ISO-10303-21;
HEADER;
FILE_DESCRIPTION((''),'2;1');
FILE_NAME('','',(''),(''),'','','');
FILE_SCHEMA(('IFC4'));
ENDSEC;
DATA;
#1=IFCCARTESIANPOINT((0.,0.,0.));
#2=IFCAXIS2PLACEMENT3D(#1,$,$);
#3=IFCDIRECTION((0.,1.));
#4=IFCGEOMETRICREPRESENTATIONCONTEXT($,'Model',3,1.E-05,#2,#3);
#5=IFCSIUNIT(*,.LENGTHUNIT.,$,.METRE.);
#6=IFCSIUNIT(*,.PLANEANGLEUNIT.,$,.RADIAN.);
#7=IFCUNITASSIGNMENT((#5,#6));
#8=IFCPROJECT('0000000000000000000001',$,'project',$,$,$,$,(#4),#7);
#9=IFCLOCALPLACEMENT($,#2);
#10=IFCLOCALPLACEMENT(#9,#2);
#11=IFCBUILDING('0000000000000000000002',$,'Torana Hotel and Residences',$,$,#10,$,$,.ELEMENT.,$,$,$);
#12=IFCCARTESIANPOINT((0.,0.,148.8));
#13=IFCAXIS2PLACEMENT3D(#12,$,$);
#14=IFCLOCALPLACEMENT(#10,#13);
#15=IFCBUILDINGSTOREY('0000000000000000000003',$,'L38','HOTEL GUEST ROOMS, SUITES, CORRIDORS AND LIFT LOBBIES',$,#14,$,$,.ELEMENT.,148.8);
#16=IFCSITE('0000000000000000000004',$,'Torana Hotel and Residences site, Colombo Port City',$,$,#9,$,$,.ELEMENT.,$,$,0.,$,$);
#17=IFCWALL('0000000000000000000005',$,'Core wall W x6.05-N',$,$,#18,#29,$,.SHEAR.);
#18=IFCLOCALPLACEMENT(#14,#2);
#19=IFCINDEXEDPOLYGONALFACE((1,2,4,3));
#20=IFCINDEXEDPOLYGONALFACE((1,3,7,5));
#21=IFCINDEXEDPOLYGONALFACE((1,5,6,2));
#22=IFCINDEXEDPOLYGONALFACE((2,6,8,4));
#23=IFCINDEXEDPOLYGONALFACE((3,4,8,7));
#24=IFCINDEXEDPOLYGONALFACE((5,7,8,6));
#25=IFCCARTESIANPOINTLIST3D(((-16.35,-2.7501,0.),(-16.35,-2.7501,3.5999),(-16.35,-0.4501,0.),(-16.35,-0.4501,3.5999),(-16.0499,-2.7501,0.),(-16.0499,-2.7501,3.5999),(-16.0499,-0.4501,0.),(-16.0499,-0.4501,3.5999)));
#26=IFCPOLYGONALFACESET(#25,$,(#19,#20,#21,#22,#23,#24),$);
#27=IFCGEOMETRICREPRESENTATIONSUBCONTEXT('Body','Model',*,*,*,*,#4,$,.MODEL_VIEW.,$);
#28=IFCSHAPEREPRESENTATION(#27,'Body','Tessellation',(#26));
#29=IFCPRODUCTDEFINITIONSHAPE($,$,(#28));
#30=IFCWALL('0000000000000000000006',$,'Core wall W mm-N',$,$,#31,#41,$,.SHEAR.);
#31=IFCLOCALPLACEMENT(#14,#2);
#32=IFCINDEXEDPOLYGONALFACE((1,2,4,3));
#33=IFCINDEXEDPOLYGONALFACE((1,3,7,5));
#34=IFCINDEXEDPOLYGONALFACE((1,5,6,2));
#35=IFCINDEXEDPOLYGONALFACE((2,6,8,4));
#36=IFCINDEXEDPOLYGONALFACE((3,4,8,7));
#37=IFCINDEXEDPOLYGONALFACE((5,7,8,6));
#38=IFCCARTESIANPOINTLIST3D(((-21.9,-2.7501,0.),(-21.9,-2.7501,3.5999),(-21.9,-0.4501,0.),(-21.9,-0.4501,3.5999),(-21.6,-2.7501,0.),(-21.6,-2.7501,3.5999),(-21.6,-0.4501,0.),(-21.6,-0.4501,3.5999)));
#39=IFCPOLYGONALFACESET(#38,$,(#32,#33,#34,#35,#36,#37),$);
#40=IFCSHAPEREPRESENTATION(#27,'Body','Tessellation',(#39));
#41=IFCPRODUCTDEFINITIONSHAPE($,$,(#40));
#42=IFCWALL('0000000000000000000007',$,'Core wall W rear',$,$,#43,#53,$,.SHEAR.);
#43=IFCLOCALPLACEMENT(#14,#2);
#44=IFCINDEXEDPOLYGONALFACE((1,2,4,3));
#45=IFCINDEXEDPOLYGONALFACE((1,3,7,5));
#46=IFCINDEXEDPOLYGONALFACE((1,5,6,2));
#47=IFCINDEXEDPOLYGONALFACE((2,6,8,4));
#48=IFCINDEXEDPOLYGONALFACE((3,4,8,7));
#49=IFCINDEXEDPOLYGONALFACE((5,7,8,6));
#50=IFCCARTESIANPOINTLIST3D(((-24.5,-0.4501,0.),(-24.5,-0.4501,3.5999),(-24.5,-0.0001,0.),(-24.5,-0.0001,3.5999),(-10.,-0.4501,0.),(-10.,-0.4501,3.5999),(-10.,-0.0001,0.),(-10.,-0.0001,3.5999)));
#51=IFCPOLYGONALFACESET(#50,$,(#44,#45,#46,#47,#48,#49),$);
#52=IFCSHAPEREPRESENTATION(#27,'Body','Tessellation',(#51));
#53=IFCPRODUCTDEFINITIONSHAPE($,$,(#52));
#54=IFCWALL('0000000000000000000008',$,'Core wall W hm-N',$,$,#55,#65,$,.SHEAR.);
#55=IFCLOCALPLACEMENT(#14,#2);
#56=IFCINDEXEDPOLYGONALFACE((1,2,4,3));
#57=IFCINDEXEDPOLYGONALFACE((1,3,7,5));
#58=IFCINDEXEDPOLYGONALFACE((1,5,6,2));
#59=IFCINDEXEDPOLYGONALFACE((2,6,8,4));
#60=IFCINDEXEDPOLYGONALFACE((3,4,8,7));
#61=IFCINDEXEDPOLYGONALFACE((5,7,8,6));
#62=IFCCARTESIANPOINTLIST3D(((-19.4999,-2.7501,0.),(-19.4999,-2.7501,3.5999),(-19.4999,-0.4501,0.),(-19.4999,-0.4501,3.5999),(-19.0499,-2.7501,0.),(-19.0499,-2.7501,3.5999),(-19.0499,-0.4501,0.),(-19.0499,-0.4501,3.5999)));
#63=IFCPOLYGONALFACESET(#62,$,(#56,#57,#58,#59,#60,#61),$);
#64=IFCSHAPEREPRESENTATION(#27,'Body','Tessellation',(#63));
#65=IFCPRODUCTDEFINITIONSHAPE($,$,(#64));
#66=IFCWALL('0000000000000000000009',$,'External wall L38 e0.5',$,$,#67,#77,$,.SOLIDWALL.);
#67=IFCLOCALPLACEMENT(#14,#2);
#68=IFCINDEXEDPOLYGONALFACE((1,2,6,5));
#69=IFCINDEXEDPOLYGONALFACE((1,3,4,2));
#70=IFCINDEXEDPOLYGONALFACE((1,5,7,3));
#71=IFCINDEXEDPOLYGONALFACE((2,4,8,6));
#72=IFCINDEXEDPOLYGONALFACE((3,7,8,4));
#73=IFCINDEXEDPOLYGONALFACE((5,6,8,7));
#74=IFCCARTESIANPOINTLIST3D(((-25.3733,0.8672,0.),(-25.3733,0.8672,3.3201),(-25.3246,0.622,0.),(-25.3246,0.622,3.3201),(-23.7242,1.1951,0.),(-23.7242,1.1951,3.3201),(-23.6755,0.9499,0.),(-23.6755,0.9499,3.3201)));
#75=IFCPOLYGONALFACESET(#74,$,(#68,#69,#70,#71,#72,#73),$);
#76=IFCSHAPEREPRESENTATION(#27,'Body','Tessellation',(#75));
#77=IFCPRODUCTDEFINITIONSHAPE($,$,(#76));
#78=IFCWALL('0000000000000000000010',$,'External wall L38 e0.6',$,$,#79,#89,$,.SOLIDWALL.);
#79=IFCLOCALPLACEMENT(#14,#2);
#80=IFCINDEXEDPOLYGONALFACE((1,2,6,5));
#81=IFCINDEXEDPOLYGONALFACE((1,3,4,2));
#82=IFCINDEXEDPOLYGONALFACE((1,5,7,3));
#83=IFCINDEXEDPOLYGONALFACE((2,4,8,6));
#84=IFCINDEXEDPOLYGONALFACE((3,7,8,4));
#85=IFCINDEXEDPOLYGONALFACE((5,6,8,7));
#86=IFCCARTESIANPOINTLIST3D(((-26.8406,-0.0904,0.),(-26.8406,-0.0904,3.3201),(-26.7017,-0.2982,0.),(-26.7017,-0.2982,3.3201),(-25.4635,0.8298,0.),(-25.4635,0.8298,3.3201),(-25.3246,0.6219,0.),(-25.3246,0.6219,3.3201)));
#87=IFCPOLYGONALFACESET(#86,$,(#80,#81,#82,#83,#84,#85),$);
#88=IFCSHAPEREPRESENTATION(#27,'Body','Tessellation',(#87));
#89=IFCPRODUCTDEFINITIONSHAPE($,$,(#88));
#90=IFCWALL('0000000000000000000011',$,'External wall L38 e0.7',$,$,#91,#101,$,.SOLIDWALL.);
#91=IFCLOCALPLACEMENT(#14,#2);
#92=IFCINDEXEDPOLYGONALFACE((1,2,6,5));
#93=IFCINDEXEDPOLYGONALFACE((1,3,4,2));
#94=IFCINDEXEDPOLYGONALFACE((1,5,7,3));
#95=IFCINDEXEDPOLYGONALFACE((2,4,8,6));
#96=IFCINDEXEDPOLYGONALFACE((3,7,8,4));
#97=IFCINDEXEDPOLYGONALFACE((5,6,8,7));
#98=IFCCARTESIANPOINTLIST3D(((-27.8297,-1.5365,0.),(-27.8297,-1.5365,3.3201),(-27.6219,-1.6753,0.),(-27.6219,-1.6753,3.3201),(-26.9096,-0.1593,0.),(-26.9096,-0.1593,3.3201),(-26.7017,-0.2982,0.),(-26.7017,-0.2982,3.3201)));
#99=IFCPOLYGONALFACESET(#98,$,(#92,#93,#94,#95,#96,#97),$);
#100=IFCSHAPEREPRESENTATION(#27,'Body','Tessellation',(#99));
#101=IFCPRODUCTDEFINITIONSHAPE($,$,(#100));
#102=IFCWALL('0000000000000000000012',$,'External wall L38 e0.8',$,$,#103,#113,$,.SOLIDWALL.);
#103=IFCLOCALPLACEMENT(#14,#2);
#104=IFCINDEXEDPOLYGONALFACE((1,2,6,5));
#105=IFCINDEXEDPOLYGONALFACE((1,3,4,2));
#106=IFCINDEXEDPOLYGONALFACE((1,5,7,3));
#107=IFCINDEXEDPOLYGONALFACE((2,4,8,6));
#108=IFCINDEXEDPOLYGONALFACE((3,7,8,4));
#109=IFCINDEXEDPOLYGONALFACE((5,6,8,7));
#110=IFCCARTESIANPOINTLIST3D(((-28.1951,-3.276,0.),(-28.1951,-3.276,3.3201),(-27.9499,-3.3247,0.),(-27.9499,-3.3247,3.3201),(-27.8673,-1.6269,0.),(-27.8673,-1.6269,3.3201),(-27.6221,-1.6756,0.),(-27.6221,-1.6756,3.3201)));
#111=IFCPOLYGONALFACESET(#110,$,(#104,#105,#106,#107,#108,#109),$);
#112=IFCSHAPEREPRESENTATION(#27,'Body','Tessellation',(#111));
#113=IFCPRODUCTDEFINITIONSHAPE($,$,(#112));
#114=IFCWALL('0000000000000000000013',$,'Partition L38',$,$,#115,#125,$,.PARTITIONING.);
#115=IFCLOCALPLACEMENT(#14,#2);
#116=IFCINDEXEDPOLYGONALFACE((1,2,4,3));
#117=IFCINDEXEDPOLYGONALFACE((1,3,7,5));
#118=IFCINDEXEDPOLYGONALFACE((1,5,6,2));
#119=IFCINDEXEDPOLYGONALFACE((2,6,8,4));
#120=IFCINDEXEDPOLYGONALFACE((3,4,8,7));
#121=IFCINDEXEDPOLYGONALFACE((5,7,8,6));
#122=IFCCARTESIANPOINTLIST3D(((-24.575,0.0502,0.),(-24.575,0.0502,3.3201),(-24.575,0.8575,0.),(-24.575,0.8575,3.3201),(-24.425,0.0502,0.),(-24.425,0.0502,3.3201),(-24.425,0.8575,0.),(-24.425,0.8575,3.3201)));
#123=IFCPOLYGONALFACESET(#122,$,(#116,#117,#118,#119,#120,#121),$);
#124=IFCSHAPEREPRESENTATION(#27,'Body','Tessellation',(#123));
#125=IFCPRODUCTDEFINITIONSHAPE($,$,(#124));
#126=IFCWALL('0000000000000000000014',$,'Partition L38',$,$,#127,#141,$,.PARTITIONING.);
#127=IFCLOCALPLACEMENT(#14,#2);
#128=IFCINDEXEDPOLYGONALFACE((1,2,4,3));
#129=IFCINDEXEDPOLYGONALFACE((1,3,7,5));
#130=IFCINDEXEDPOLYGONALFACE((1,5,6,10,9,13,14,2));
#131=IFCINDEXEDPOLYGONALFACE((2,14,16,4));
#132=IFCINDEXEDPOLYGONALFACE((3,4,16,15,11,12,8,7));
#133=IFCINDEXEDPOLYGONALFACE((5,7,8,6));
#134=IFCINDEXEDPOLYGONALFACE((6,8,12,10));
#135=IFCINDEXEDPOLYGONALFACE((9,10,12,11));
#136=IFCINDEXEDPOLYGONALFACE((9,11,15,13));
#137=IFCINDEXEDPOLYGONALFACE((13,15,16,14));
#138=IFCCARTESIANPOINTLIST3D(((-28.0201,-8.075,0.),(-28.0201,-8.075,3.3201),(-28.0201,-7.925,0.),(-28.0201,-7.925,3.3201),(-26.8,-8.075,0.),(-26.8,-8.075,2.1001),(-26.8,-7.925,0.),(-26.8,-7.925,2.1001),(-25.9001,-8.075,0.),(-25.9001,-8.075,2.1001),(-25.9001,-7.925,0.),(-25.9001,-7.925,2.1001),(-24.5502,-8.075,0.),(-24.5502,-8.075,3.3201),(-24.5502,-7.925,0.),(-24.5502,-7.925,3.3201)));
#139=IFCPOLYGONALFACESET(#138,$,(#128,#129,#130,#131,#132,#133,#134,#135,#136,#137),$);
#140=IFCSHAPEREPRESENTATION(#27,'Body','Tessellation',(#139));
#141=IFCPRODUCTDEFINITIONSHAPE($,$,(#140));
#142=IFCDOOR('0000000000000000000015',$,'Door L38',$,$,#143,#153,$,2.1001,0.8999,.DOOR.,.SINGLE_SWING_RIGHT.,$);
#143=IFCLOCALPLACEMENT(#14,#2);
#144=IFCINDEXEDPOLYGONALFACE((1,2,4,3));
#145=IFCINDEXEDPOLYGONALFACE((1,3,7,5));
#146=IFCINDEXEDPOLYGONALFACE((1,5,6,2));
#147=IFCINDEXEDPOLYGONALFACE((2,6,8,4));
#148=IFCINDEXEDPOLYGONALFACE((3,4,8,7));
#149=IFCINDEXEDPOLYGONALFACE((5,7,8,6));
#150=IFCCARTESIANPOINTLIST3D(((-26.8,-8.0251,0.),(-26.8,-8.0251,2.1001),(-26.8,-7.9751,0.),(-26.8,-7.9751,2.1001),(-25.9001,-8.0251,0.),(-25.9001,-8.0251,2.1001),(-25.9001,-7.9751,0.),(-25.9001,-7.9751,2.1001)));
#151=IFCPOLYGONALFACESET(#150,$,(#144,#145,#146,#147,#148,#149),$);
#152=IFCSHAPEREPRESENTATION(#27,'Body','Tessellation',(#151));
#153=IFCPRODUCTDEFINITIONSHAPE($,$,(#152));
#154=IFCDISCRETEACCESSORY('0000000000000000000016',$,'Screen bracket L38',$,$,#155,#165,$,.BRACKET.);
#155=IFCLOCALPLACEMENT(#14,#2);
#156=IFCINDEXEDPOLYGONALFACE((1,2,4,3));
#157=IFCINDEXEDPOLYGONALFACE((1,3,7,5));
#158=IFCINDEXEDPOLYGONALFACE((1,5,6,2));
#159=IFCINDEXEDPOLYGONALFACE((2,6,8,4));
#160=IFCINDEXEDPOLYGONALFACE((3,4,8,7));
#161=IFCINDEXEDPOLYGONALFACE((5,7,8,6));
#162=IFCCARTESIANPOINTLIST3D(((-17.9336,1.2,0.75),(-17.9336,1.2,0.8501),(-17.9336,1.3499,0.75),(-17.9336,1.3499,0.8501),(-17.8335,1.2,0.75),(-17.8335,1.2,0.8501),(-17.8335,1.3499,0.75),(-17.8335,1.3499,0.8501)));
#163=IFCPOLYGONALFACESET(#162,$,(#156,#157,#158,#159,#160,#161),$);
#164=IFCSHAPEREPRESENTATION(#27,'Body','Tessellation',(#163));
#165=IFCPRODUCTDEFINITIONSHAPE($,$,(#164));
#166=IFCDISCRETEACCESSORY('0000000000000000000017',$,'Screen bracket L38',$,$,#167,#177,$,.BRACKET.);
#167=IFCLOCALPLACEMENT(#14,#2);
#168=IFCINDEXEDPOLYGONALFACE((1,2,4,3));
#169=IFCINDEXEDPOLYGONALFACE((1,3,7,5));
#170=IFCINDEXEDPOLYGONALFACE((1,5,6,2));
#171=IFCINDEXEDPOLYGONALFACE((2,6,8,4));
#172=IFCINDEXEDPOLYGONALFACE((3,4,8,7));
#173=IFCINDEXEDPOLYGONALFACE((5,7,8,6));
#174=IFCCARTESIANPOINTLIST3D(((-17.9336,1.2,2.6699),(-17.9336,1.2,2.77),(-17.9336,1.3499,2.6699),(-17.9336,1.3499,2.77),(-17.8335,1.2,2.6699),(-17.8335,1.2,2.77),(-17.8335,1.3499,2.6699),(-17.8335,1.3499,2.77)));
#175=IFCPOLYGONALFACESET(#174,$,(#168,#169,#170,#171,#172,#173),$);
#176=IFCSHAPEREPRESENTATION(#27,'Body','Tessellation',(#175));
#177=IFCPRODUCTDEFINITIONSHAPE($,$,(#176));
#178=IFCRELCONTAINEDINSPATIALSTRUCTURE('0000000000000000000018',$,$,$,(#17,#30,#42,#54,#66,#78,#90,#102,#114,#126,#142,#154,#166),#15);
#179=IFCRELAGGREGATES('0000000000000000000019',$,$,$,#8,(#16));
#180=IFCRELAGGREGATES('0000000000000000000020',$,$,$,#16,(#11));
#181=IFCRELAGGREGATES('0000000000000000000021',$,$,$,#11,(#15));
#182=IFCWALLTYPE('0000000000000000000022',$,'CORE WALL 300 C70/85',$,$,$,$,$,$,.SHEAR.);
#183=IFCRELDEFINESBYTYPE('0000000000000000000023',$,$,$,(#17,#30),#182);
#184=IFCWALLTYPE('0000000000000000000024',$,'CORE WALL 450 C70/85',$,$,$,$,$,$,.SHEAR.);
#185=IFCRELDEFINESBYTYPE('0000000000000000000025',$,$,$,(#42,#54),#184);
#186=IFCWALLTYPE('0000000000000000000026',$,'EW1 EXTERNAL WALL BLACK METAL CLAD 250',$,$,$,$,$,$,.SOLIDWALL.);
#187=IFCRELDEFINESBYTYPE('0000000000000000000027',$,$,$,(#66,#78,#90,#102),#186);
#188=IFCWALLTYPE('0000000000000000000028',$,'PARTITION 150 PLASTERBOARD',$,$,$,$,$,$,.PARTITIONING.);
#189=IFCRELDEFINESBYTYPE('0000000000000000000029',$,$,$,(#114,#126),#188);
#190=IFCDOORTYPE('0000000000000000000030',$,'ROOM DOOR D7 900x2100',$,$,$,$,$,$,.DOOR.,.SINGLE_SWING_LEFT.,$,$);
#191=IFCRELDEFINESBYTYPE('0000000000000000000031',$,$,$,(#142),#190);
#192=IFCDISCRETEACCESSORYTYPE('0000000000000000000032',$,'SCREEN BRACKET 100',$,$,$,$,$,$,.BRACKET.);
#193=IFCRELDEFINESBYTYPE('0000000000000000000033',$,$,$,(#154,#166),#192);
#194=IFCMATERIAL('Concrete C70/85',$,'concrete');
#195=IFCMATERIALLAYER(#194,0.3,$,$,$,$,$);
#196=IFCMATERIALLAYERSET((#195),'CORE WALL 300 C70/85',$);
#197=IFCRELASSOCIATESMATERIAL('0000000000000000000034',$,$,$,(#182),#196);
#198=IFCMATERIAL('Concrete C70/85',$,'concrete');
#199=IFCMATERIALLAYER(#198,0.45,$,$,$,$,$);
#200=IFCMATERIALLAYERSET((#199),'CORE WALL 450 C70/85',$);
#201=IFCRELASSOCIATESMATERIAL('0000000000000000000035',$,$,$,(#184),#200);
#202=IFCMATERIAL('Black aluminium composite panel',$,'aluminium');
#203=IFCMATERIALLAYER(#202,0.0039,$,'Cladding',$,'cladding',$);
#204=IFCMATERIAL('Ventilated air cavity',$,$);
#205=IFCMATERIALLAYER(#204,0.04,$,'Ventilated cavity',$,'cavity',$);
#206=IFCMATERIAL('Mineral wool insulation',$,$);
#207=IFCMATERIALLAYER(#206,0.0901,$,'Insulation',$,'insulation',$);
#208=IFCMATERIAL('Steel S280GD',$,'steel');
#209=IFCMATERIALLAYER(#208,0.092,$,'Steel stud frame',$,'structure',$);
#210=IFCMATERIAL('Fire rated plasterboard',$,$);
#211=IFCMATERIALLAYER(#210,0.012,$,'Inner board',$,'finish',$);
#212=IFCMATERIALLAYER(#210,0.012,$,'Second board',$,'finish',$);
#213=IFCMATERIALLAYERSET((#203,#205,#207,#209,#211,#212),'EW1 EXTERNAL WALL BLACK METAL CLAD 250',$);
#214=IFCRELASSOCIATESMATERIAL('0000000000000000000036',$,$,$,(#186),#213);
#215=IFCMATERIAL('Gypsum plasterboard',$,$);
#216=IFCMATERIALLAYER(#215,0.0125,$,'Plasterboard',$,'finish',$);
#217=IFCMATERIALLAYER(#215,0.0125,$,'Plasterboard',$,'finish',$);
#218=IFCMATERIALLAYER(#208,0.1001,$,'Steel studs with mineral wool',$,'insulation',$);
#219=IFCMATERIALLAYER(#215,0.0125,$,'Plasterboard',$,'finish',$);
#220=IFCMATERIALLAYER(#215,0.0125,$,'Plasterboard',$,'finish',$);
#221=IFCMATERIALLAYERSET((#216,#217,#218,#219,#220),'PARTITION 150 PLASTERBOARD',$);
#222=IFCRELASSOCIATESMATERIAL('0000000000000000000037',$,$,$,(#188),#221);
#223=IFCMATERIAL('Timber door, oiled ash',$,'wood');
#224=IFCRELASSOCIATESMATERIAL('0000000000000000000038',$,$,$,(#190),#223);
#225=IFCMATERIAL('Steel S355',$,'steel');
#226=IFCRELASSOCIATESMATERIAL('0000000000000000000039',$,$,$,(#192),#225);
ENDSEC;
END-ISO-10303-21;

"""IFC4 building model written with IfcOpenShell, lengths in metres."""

from ifc_helpers import new_model, si_unit, direction, frame, frame_2d, origin, origin_2d, place, context, subcontext, project, spatial, rectangle, extrude, material, layer, layer_set, type_object, element, fill, save


model = new_model("IFC4")

# Units and contexts
model_context = context("Model", 3, precision=1e-05, world=origin(), true_north=direction((0.0, 1.0)))
body_context = subcontext(model_context, "Body", "Model", "MODEL_VIEW")
ifc_project = project(units=[si_unit("LENGTHUNIT", "METRE"), si_unit("PLANEANGLEUNIT", "RADIAN")], contexts=[model_context])

# Site, building, storey
site_placement = place(None, origin())
site = spatial("IfcSite", under=ifc_project, at=site_placement, Name="Torana Hotel and Residences site, Colombo Port City", CompositionType="ELEMENT", RefElevation=0.0)
building_placement = place(site_placement, origin())
building = spatial("IfcBuilding", under=site, at=building_placement, Name="Torana Hotel and Residences", CompositionType="ELEMENT")
storey_placement = place(building_placement, frame((0.0, 0.0, 148.8)))
storey = spatial("IfcBuildingStorey", under=building, at=storey_placement, Name="L38", Description="HOTEL GUEST ROOMS, SUITES, CORRIDORS AND LIFT LOBBIES", CompositionType="ELEMENT", Elevation=148.8)

# Shared definitions
ifc_material_1 = material(Name="Concrete C70/85", Category="concrete")
ifc_layer_1 = layer(ifc_material_1, 0.3)
ifc_layer_set_1 = layer_set([ifc_layer_1], Name="CORE WALL 300 C70/85")
wall_type_1 = type_object("IfcWallType", Name="CORE WALL 300 C70/85", PredefinedType="SHEAR", material=ifc_layer_set_1)

# Walls
for number, where, z_axis, x_axis, name in (
    (1, (-16.2, -2.75, 0.0), (0.0, 0.0, 1.0), (0.0, 1.0, 0.0), "Core wall W x6.05-N"),
    (2, (-21.75, -2.75, 0.0), (0.0, 0.0, 1.0), (0.0, 1.0, 0.0), "Core wall W mm-N"),
):
    element("IfcWall", number, at=place(storey_placement, frame(where, z_axis=z_axis, x_axis=x_axis)), inside=storey, type_object=wall_type_1, Name=name, PredefinedType="SHEAR", context=body_context, shape_type="SweptSolid", body=[
        extrude(rectangle(XDim=2.3, YDim=0.3, at=frame_2d((1.1499, 0.0))), origin(), (0.0, 0.0, 1.0), 3.5999),
    ])
ifc_material_2 = material(Name="Concrete C70/85", Category="concrete")
ifc_layer_2 = layer(ifc_material_2, 0.45)
ifc_layer_set_2 = layer_set([ifc_layer_2], Name="CORE WALL 450 C70/85")
wall_type_2 = type_object("IfcWallType", Name="CORE WALL 450 C70/85", PredefinedType="SHEAR", material=ifc_layer_set_2)
wall_1_placement = place(storey_placement, frame((-24.5, -0.2251, 0.0), z_axis=(0.0, 0.0, 1.0), x_axis=(1.0, 0.0, 0.0)))
element("IfcWall", 3, at=wall_1_placement, inside=storey, type_object=wall_type_2, Name="Core wall W rear", PredefinedType="SHEAR", context=body_context, shape_type="SweptSolid", body=[
    extrude(rectangle(XDim=14.5, YDim=0.45, at=frame_2d((7.25, 0.0))), origin(), (0.0, 0.0, 1.0), 3.5999),
])
wall_2_placement = place(storey_placement, frame((-19.2749, -2.75, 0.0), z_axis=(0.0, 0.0, 1.0), x_axis=(0.0, 1.0, 0.0)))
element("IfcWall", 4, at=wall_2_placement, inside=storey, type_object=wall_type_2, Name="Core wall W hm-N", PredefinedType="SHEAR", context=body_context, shape_type="SweptSolid", body=[
    extrude(rectangle(XDim=2.3, YDim=0.45, at=frame_2d((1.1499, 0.0))), origin(), (0.0, 0.0, 1.0), 3.5999),
])
ifc_material_3 = material(Name="Black aluminium composite panel", Category="aluminium")
ifc_layer_3 = layer(ifc_material_3, 0.0039, Name="Cladding", Category="cladding")
ifc_material_4 = material(Name="Ventilated air cavity")
ifc_layer_4 = layer(ifc_material_4, 0.04, Name="Ventilated cavity", Category="cavity")
ifc_material_5 = material(Name="Mineral wool insulation")
ifc_layer_5 = layer(ifc_material_5, 0.0901, Name="Insulation", Category="insulation")
ifc_material_6 = material(Name="Steel S280GD", Category="steel")
ifc_layer_6 = layer(ifc_material_6, 0.092, Name="Steel stud frame", Category="structure")
ifc_material_7 = material(Name="Fire rated plasterboard")
ifc_layer_7 = layer(ifc_material_7, 0.012, Name="Inner board", Category="finish")
ifc_layer_8 = layer(ifc_material_7, 0.012, Name="Second board", Category="finish")
ifc_layer_set_3 = layer_set([ifc_layer_3, ifc_layer_4, ifc_layer_5, ifc_layer_6, ifc_layer_7, ifc_layer_8], Name="EW1 EXTERNAL WALL BLACK METAL CLAD 250")
wall_type_3 = type_object("IfcWallType", Name="EW1 EXTERNAL WALL BLACK METAL CLAD 250", PredefinedType="SOLIDWALL", material=ifc_layer_set_3)
wall_3_placement = place(storey_placement, frame((-23.6997, 1.0725, 0.0), z_axis=(0.0, 0.0, 1.0), x_axis=(-0.980803, -0.194999, 0.0)))
element("IfcWall", 5, at=wall_3_placement, inside=storey, type_object=wall_type_3, Name="External wall L38 e0.5", PredefinedType="SOLIDWALL", context=body_context, shape_type="SweptSolid", body=[
    extrude(rectangle(XDim=1.6814, YDim=0.25, at=frame_2d((0.8408, 0.0))), origin(), (0.0, 0.0, 1.0), 3.3201),
])
for number, where, z_axis, x_axis, name in (
    (6, (-25.394, 0.7258, 0.0), (0.0, 0.0, 1.0), (-0.831483, -0.55555, 0.0), "External wall L38 e0.6"),
    (7, (-26.8057, -0.2288, 0.0), (0.0, 0.0, 1.0), (-0.55555, -0.831483, 0.0), "External wall L38 e0.7"),
):
    element("IfcWall", number, at=place(storey_placement, frame(where, z_axis=z_axis, x_axis=x_axis)), inside=storey, type_object=wall_type_3, Name=name, PredefinedType="SOLIDWALL", context=body_context, shape_type="SweptSolid", body=[
        extrude(rectangle(XDim=1.6562, YDim=0.25, at=frame_2d((0.8281, 0.0))), origin(), (0.0, 0.0, 1.0), 3.3201),
    ])
wall_4_placement = place(storey_placement, frame((-27.7446, -1.6511, 0.0), z_axis=(0.0, 0.0, 1.0), x_axis=(-0.194999, -0.980803, 0.0)))
element("IfcWall", 8, at=wall_4_placement, inside=storey, type_object=wall_type_3, Name="External wall L38 e0.8", PredefinedType="SOLIDWALL", context=body_context, shape_type="SweptSolid", body=[
    extrude(rectangle(XDim=1.6814, YDim=0.25, at=frame_2d((0.8408, 0.0))), origin(), (0.0, 0.0, 1.0), 3.3201),
])

# Wall
ifc_material_8 = material(Name="Gypsum plasterboard")
ifc_layer_9 = layer(ifc_material_8, 0.0125, Name="Plasterboard", Category="finish")
ifc_layer_10 = layer(ifc_material_8, 0.0125, Name="Plasterboard", Category="finish")
ifc_layer_11 = layer(ifc_material_6, 0.1001, Name="Steel studs with mineral wool", Category="insulation")
ifc_layer_12 = layer(ifc_material_8, 0.0125, Name="Plasterboard", Category="finish")
ifc_layer_13 = layer(ifc_material_8, 0.0125, Name="Plasterboard", Category="finish")
ifc_layer_set_4 = layer_set([ifc_layer_9, ifc_layer_10, ifc_layer_11, ifc_layer_12, ifc_layer_13], Name="PARTITION 150 PLASTERBOARD")
wall_type_4 = type_object("IfcWallType", Name="PARTITION 150 PLASTERBOARD", PredefinedType="PARTITIONING", material=ifc_layer_set_4)
wall_5_placement = place(storey_placement, frame((-24.5, 0.05, 0.0), z_axis=(0.0, 0.0, 1.0), x_axis=(0.0, 1.0, 0.0)))
element("IfcWall", 9, at=wall_5_placement, inside=storey, type_object=wall_type_4, Name="Partition L38", PredefinedType="PARTITIONING", context=body_context, shape_type="SweptSolid", body=[
    extrude(rectangle(XDim=0.8074, YDim=0.1499, at=frame_2d((0.4038, 0.0))), origin(), (0.0, 0.0, 1.0), 3.3201),
])

# Wall, opening, door
wall_6_placement = place(storey_placement, frame((-28.02, -8.0, 0.0), z_axis=(0.0, 0.0, 1.0), x_axis=(1.0, 0.0, 0.0)))
wall_6 = element("IfcWall", 10, at=wall_6_placement, inside=storey, type_object=wall_type_4, Name="Partition L38", PredefinedType="PARTITIONING", context=body_context, shape_type="SweptSolid", body=[
    extrude(rectangle(XDim=3.47, YDim=0.1499, at=frame_2d((1.7349, 0.0))), origin(), (0.0, 0.0, 1.0), 3.3201),
])
opening_1_placement = place(wall_6_placement, frame((1.22, 0.0, 0.0)))
opening_1 = element("IfcOpeningElement", 11, at=opening_1_placement, cuts=wall_6, PredefinedType="OPENING", context=body_context, shape_type="SweptSolid", body=[
    extrude(rectangle(XDim=0.8999, YDim=2.1001, at=frame_2d((0.45, 1.05))), frame((0.0, 0.085, 0.0), z_axis=(0.0, -1.0, 0.0), x_axis=(1.0, 0.0, 0.0)), (0.0, 0.0, 1.0), 0.1699),
])
ifc_material_9 = material(Name="Timber door, oiled ash", Category="wood")
door_type_1 = type_object("IfcDoorType", Name="ROOM DOOR D7 900x2100", OperationType="SINGLE_SWING_LEFT", PredefinedType="DOOR", material=ifc_material_9)
door_1_placement = place(opening_1_placement, origin())
door_1 = element("IfcDoor", 12, at=door_1_placement, inside=storey, type_object=door_type_1, Name="Door L38", OperationType="SINGLE_SWING_RIGHT", OverallHeight=2.1001, OverallWidth=0.8999, PredefinedType="DOOR", context=body_context, shape_type="SweptSolid", body=[
    extrude(rectangle(XDim=0.8999, YDim=2.1001, at=frame_2d((0.45, 1.05))), frame((0.0, 0.0249, 0.0), z_axis=(0.0, -1.0, 0.0), x_axis=(1.0, 0.0, 0.0)), (0.0, 0.0, 1.0), 0.05),
])
fill(opening_1, door_1)

# Discrete accessories
ifc_material_10 = material(Name="Steel S355", Category="steel")
discrete_accessory_type = type_object("IfcDiscreteAccessoryType", Name="SCREEN BRACKET 100", PredefinedType="BRACKET", material=ifc_material_10)
for number, where, z_axis, x_axis, name in (
    (13, (-17.8835, 1.2749, 0.75), (0.0, 0.0, 1.0), (-1.0, 0.0, 0.0), "Screen bracket L38"),
    (14, (-17.8835, 1.2749, 2.6699), (0.0, 0.0, 1.0), (-1.0, 0.0, 0.0), "Screen bracket L38"),
):
    element("IfcDiscreteAccessory", number, at=place(storey_placement, frame(where, z_axis=z_axis, x_axis=x_axis)), inside=storey, type_object=discrete_accessory_type, Name=name, PredefinedType="BRACKET", context=body_context, shape_type="SweptSolid", body=[
        extrude(rectangle(XDim=0.1001, YDim=0.1499, at=origin_2d()), origin(), (0.0, 0.0, 1.0), 0.1001),
    ])

save(model, "model.ifc")
